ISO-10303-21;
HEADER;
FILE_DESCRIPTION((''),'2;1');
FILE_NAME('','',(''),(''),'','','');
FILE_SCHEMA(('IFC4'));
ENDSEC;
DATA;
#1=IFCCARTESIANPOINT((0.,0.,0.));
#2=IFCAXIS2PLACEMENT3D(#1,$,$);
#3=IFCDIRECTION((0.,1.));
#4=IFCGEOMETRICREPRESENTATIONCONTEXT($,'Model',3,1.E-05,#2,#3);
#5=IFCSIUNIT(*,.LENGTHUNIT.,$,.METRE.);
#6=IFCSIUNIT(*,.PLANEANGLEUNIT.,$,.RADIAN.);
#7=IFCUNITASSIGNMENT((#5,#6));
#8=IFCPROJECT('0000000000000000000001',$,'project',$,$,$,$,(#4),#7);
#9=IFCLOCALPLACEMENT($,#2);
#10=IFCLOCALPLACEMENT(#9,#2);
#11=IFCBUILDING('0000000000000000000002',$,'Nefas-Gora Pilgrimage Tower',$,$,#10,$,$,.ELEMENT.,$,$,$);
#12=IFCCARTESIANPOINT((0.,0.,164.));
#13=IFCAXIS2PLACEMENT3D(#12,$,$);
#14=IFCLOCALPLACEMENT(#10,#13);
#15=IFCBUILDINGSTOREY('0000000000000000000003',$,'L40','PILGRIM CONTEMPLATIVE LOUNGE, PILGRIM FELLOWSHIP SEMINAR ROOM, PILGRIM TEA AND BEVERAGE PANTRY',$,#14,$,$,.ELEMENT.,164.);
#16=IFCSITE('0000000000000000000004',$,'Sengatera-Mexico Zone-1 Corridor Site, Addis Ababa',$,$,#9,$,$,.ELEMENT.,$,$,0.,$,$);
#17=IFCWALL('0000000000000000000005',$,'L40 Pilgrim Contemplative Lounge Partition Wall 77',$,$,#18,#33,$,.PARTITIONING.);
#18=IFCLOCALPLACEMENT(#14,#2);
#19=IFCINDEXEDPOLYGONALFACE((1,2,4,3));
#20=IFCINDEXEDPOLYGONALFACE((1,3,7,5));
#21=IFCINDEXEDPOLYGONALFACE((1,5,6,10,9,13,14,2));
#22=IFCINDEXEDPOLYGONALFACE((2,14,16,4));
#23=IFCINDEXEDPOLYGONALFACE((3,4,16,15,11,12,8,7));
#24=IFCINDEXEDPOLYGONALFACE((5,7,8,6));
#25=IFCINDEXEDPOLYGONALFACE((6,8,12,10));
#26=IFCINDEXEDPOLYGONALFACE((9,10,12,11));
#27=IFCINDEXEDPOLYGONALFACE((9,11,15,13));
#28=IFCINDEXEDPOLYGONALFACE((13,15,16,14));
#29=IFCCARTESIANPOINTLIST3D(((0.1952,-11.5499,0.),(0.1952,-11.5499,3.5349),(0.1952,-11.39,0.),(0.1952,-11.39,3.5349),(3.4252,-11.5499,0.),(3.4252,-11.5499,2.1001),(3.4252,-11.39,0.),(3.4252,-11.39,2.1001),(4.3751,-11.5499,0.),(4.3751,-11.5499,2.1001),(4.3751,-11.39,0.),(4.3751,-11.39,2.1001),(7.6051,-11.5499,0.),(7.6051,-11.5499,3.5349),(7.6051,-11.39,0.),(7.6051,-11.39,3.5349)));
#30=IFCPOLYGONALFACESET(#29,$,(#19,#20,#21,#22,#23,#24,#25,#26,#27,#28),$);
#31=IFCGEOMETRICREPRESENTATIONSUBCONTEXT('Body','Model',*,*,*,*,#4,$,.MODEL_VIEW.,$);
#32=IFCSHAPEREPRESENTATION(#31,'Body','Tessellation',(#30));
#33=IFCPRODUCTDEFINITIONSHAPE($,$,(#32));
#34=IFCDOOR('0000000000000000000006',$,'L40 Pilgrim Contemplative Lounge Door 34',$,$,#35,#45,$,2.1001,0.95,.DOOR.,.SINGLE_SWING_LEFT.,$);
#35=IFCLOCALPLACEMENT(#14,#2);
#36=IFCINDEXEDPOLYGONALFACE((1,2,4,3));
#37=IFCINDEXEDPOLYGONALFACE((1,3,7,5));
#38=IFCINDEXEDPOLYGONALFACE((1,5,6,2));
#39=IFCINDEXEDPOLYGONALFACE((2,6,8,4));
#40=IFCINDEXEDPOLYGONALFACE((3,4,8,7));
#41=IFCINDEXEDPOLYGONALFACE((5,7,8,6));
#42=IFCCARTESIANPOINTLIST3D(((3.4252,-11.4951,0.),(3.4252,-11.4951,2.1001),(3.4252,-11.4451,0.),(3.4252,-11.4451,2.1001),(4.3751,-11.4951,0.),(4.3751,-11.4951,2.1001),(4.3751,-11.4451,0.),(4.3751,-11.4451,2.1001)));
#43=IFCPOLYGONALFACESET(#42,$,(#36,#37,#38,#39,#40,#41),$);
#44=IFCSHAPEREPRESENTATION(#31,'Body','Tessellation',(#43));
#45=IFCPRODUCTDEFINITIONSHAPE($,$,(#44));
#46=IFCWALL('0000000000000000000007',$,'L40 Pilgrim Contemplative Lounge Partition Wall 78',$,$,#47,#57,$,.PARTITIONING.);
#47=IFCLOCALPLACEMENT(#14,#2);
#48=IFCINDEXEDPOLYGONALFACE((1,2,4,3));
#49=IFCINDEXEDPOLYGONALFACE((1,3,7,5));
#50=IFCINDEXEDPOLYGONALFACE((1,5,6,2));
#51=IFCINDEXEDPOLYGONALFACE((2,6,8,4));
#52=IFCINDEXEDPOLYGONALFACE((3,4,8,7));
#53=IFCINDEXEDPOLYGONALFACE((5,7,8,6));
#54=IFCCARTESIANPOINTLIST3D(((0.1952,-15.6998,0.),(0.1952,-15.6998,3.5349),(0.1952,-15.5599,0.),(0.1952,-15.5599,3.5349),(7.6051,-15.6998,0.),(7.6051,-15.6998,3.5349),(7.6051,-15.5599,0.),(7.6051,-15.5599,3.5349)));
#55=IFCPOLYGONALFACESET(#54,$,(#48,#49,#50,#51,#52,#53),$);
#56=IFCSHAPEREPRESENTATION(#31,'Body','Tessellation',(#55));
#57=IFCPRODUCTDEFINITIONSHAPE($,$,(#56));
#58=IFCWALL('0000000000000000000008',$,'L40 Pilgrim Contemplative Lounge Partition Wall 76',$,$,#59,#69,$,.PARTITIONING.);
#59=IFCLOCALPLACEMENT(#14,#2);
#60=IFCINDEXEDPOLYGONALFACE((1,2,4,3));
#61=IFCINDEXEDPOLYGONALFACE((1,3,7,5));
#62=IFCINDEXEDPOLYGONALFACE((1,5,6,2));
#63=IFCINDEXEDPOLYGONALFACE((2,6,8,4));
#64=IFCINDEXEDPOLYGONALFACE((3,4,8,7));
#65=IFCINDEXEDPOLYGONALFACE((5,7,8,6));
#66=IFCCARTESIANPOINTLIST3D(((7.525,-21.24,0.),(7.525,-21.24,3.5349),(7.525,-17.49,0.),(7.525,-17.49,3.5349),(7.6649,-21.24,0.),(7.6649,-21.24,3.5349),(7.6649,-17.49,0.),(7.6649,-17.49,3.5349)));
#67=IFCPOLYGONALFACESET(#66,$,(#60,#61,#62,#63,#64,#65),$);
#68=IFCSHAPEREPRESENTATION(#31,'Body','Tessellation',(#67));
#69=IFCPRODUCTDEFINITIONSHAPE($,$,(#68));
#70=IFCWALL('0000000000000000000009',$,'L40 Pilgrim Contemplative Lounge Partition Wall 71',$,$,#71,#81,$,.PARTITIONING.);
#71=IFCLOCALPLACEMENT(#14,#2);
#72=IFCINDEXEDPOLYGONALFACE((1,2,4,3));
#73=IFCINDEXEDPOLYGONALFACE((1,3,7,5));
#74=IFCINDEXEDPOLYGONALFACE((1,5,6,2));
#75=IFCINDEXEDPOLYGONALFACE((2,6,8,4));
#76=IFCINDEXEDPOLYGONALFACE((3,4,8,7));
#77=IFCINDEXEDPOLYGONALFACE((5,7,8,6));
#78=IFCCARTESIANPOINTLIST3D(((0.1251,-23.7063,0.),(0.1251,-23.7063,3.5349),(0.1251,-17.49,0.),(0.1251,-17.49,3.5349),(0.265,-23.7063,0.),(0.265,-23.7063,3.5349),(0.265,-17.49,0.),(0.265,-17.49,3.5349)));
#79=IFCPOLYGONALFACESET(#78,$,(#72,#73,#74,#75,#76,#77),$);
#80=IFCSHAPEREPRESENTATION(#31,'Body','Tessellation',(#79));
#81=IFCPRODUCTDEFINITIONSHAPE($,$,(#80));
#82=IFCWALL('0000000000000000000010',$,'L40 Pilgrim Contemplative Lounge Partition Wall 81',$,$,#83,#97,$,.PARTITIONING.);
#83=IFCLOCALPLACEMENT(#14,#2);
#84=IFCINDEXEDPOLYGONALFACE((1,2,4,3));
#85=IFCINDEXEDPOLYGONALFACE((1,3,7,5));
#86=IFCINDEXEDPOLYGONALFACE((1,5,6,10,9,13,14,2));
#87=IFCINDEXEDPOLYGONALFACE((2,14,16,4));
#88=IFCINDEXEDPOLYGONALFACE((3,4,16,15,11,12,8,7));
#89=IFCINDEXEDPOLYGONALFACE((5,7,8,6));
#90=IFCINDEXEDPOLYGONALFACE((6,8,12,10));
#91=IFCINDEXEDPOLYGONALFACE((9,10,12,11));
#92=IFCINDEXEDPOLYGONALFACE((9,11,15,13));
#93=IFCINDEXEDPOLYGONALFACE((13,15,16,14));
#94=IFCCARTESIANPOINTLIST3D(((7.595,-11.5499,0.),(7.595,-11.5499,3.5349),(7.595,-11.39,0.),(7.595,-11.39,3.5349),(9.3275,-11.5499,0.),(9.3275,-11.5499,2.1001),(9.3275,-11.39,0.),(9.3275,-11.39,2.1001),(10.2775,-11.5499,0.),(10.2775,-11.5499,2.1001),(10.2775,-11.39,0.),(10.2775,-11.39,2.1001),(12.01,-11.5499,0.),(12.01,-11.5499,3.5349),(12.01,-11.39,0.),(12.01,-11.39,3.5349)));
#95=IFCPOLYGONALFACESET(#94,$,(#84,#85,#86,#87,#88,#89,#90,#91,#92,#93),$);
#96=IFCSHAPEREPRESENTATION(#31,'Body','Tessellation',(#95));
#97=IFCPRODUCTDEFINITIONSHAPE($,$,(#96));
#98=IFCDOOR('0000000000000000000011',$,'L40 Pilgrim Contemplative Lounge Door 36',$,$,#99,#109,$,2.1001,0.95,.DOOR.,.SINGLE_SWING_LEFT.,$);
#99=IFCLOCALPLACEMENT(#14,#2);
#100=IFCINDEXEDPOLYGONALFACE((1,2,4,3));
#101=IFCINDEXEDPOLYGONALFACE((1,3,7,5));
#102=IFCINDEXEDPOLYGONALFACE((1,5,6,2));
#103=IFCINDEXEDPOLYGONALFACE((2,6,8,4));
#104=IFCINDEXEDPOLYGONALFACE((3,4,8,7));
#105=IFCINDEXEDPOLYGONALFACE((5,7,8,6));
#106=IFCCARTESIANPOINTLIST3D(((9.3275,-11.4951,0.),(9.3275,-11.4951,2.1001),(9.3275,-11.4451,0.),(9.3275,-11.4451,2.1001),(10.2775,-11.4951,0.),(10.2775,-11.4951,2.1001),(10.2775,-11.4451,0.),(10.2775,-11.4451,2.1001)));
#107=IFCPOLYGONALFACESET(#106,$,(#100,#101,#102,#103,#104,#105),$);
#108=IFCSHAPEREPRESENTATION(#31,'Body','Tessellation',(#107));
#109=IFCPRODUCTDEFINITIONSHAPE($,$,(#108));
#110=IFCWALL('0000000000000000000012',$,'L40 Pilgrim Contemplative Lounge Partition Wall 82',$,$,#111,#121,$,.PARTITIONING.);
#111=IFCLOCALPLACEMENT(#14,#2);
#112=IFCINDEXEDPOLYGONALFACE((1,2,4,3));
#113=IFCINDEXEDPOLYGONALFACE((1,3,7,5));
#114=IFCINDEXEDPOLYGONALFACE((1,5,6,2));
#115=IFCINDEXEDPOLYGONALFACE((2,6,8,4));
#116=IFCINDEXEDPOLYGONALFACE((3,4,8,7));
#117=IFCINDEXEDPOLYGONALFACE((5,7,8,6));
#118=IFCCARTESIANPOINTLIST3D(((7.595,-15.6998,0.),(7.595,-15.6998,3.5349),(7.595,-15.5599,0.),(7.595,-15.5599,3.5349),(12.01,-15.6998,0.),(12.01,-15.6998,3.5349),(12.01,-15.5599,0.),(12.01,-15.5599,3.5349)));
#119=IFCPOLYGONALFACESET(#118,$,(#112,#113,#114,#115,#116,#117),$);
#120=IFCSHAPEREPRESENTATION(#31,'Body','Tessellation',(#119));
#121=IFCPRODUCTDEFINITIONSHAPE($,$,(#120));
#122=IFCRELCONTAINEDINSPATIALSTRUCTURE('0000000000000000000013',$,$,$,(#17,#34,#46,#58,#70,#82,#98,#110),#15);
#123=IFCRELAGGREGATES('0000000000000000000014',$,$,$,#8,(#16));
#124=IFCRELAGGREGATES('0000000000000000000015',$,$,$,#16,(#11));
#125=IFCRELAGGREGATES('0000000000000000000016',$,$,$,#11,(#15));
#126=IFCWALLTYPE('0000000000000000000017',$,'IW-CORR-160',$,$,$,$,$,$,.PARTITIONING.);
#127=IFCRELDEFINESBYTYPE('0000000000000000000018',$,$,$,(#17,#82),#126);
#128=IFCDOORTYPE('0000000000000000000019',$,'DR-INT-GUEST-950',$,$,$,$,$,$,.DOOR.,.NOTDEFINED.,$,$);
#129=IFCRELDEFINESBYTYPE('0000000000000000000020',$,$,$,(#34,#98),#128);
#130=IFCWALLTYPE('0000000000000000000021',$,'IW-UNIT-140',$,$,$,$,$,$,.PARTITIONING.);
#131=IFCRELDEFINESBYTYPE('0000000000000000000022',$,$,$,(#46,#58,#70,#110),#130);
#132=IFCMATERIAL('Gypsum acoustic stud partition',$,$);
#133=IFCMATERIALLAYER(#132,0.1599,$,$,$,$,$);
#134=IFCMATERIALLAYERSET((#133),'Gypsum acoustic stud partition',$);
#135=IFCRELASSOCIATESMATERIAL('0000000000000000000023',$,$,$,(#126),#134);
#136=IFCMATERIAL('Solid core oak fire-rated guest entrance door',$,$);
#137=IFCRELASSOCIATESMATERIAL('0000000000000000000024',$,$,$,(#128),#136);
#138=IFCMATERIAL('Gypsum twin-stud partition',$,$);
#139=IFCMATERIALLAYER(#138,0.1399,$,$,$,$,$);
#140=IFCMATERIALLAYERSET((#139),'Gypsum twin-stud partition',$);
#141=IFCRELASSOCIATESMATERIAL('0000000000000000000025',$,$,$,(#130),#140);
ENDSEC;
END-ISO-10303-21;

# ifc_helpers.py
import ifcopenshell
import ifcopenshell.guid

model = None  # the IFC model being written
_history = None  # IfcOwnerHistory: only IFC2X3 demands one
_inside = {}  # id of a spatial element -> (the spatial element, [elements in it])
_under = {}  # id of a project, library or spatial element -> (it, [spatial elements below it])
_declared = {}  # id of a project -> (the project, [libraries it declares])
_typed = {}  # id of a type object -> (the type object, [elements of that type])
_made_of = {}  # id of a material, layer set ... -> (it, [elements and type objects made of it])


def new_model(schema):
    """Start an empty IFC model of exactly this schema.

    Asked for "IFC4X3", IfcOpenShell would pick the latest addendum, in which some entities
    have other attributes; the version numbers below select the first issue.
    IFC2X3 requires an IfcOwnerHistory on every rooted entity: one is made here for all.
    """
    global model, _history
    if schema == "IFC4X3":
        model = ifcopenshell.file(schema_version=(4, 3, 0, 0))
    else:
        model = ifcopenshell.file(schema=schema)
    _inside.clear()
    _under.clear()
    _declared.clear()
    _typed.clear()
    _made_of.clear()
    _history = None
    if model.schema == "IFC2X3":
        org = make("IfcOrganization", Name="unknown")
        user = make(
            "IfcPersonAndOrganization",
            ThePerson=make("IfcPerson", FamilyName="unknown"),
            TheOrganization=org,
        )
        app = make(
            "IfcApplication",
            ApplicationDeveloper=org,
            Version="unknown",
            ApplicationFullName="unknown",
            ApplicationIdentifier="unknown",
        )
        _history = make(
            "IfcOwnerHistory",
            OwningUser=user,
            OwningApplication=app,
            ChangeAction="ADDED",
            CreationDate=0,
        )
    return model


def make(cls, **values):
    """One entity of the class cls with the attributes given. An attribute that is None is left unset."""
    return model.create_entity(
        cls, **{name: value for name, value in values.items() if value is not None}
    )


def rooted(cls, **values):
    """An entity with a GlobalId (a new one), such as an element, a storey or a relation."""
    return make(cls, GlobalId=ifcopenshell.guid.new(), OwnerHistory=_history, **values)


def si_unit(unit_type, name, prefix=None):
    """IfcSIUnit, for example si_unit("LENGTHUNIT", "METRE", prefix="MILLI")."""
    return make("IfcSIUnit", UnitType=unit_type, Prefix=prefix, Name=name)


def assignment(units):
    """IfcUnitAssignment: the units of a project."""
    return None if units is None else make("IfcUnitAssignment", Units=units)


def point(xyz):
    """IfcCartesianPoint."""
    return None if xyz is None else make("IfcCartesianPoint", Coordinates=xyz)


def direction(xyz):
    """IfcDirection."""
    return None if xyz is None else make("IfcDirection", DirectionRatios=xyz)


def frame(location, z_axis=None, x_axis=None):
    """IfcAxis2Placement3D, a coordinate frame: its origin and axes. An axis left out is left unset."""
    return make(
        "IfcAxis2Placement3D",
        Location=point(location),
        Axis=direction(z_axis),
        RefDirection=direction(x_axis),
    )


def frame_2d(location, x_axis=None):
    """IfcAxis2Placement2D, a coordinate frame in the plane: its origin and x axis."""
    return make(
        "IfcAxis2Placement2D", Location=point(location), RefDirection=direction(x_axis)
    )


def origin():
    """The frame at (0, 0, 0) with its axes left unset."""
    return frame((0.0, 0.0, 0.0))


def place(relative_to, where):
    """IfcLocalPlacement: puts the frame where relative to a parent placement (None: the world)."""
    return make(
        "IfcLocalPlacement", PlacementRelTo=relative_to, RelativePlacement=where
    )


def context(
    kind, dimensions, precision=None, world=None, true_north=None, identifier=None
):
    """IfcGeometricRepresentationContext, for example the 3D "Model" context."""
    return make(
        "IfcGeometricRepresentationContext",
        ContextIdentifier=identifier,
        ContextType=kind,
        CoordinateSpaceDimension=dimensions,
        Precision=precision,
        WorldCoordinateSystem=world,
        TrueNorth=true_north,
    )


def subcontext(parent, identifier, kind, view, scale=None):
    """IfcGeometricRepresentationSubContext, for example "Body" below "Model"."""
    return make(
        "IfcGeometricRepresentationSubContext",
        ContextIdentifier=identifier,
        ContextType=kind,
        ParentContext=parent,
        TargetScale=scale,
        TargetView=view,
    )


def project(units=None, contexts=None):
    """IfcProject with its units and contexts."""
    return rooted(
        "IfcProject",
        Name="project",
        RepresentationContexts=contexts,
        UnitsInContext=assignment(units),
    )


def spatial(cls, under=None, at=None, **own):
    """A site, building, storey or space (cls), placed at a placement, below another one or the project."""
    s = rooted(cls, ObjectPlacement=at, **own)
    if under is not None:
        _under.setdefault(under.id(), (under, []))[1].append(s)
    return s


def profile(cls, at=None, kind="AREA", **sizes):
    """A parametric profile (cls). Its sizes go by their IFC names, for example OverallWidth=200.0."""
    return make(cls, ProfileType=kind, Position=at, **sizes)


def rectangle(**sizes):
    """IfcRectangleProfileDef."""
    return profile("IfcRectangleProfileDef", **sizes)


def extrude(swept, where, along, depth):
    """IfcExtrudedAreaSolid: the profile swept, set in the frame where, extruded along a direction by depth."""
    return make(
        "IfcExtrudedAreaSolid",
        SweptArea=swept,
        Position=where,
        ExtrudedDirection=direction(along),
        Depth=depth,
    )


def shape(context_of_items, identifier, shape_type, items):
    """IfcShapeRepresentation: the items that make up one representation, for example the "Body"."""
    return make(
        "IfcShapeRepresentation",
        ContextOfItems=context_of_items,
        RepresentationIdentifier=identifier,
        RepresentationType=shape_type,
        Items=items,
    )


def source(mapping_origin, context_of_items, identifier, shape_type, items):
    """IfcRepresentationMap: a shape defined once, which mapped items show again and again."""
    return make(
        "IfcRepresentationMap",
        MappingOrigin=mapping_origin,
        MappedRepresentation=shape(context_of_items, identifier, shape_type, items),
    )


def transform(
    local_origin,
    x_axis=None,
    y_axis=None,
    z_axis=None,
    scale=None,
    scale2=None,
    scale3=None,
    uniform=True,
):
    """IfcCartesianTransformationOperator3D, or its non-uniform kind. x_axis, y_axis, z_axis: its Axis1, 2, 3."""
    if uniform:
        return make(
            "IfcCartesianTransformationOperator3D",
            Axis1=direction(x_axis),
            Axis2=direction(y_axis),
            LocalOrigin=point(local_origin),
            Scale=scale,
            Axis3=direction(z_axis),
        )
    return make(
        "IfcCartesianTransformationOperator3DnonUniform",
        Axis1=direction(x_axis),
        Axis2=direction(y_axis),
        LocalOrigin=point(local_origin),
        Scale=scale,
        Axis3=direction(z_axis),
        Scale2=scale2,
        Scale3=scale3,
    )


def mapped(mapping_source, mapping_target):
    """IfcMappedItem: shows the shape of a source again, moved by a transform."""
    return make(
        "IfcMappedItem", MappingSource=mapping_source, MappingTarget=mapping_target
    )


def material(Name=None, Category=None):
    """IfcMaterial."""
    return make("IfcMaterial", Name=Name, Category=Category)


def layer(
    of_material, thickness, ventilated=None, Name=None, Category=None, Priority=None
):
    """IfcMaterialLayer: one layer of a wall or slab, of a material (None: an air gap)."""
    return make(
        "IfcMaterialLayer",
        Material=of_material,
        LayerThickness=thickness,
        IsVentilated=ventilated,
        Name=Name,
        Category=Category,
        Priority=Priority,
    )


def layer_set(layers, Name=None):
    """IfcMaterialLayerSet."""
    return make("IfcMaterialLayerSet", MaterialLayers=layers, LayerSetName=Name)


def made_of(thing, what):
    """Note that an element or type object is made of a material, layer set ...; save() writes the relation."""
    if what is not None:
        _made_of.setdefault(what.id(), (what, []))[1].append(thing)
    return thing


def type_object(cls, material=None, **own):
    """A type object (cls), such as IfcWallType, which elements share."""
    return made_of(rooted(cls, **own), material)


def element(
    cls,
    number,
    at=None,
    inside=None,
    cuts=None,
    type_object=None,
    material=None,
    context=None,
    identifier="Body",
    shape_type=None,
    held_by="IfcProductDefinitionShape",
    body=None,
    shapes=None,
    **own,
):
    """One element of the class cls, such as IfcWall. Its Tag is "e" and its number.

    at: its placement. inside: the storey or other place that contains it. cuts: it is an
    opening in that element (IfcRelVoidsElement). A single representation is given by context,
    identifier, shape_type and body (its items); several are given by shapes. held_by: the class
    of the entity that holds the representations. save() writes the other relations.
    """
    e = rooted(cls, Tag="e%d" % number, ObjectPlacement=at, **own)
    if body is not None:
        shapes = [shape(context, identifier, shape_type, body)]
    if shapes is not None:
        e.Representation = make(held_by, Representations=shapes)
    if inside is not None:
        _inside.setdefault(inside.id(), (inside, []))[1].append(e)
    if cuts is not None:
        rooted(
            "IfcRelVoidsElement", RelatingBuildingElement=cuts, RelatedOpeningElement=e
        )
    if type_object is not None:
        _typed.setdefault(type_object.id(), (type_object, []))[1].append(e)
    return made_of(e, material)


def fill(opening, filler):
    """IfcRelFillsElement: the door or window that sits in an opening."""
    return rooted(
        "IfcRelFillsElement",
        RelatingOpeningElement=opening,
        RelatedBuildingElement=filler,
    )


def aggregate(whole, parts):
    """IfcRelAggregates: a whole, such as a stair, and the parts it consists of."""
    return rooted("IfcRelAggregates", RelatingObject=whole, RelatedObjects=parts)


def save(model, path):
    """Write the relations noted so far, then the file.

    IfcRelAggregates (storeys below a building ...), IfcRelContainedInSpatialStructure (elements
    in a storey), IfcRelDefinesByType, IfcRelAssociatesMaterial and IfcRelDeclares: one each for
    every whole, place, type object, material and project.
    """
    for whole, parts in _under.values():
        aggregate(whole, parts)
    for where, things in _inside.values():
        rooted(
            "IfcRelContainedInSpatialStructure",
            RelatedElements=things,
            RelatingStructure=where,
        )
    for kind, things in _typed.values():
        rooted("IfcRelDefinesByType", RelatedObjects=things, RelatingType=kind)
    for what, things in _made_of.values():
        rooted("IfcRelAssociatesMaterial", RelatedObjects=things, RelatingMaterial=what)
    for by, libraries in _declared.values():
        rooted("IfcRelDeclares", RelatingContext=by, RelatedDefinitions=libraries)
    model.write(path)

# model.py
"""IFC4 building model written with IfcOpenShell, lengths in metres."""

from ifc_helpers import new_model, si_unit, direction, frame, frame_2d, origin, place, context, subcontext, project, spatial, rectangle, extrude, source, transform, mapped, material, layer, layer_set, type_object, element, fill, save


model = new_model("IFC4")

# Units and contexts
model_context = context("Model", 3, precision=1e-05, world=origin(), true_north=direction((0.0, 1.0)))
body_context = subcontext(model_context, "Body", "Model", "MODEL_VIEW")
ifc_project = project(units=[si_unit("LENGTHUNIT", "METRE"), si_unit("PLANEANGLEUNIT", "RADIAN")], contexts=[model_context])

# Site, building, storey
site_placement = place(None, origin())
site = spatial("IfcSite", under=ifc_project, at=site_placement, Name="Sengatera-Mexico Zone-1 Corridor Site, Addis Ababa", CompositionType="ELEMENT", RefElevation=0.0)
building_placement = place(site_placement, origin())
building = spatial("IfcBuilding", under=site, at=building_placement, Name="Nefas-Gora Pilgrimage Tower", CompositionType="ELEMENT")
storey_placement = place(building_placement, frame((0.0, 0.0, 164.0)))
storey = spatial("IfcBuildingStorey", under=building, at=storey_placement, Name="L40", Description="PILGRIM CONTEMPLATIVE LOUNGE, PILGRIM FELLOWSHIP SEMINAR ROOM, PILGRIM TEA AND BEVERAGE PANTRY", CompositionType="ELEMENT", Elevation=164.0)

# Shared definitions
ifc_material_1 = material(Name="Gypsum acoustic stud partition")
ifc_layer_1 = layer(ifc_material_1, 0.1599)
ifc_layer_set_1 = layer_set([ifc_layer_1], Name="Gypsum acoustic stud partition")
wall_type_1 = type_object("IfcWallType", Name="IW-CORR-160", PredefinedType="PARTITIONING", material=ifc_layer_set_1)
ifc_material_2 = material(Name="Solid core oak fire-rated guest entrance door")
door_type = type_object("IfcDoorType", Name="DR-INT-GUEST-950", OperationType="NOTDEFINED", PredefinedType="DOOR", material=ifc_material_2)
shared_shape_1 = source(origin(), body_context, "Body", "SweptSolid", [
    extrude(rectangle(XDim=0.95, YDim=2.1001, at=frame_2d((0.4751, 1.05))), frame((0.0, 0.0249, 0.0), z_axis=(0.0, -1.0, 0.0), x_axis=(1.0, 0.0, 0.0)), (0.0, 0.0, 1.0), 0.05),
])

# Shared definitions
ifc_material_3 = material(Name="Gypsum twin-stud partition")
ifc_layer_2 = layer(ifc_material_3, 0.1399)
ifc_layer_set_2 = layer_set([ifc_layer_2], Name="Gypsum twin-stud partition")
wall_type_2 = type_object("IfcWallType", Name="IW-UNIT-140", PredefinedType="PARTITIONING", material=ifc_layer_set_2)

# Wall, opening, door
shared_shape_2 = source(origin(), body_context, "Body", "SweptSolid", [
    extrude(rectangle(XDim=7.4099, YDim=0.1599, at=frame_2d((3.7051, 0.0))), origin(), (0.0, 0.0, 1.0), 3.5349),
])
wall_1_placement = place(storey_placement, frame((0.1951, -11.47, 0.0), z_axis=(0.0, 0.0, 1.0), x_axis=(1.0, 0.0, 0.0)))
wall_1 = element("IfcWall", 1, at=wall_1_placement, inside=storey, type_object=wall_type_1, Name="L40 Pilgrim Contemplative Lounge Partition Wall 77", PredefinedType="PARTITIONING", context=body_context, shape_type="MappedRepresentation", body=[
    mapped(shared_shape_2, transform((0.0, 0.0, 0.0), x_axis=(1.0, 0.0, 0.0), y_axis=(0.0, 1.0, 0.0), z_axis=(0.0, 0.0, 1.0), scale=1.0)),
])
opening_1_placement = place(wall_1_placement, frame((3.23, 0.0, 0.0)))
opening_1 = element("IfcOpeningElement", 2, at=opening_1_placement, cuts=wall_1, PredefinedType="OPENING", context=body_context, shape_type="SweptSolid", body=[
    extrude(rectangle(XDim=0.95, YDim=2.1001, at=frame_2d((0.4751, 1.05))), frame((0.0, 0.0898, 0.0), z_axis=(0.0, -1.0, 0.0), x_axis=(1.0, 0.0, 0.0)), (0.0, 0.0, 1.0), 0.1799),
])
door_1_placement = place(opening_1_placement, origin())
door_1 = element("IfcDoor", 3, at=door_1_placement, inside=storey, type_object=door_type, Name="L40 Pilgrim Contemplative Lounge Door 34", OperationType="SINGLE_SWING_LEFT", OverallHeight=2.1001, OverallWidth=0.95, PredefinedType="DOOR", context=body_context, shape_type="MappedRepresentation", body=[
    mapped(shared_shape_1, transform((0.0, 0.0, 0.0), x_axis=(1.0, 0.0, 0.0), y_axis=(0.0, 1.0, 0.0), z_axis=(0.0, 0.0, 1.0), scale=1.0)),
])
fill(opening_1, door_1)

# Walls
shared_shape_3 = source(origin(), body_context, "Body", "SweptSolid", [
    extrude(rectangle(XDim=7.4099, YDim=0.1399, at=frame_2d((3.7051, 0.0))), origin(), (0.0, 0.0, 1.0), 3.5349),
])
wall_2_placement = place(storey_placement, frame((0.1951, -15.6299, 0.0), z_axis=(0.0, 0.0, 1.0), x_axis=(1.0, 0.0, 0.0)))
element("IfcWall", 4, at=wall_2_placement, inside=storey, type_object=wall_type_2, Name="L40 Pilgrim Contemplative Lounge Partition Wall 78", PredefinedType="PARTITIONING", context=body_context, shape_type="MappedRepresentation", body=[
    mapped(shared_shape_3, transform((0.0, 0.0, 0.0), x_axis=(1.0, 0.0, 0.0), y_axis=(0.0, 1.0, 0.0), z_axis=(0.0, 0.0, 1.0), scale=1.0)),
])
shared_shape_4 = source(origin(), body_context, "Body", "SweptSolid", [
    extrude(rectangle(XDim=3.75, YDim=0.1399, at=frame_2d((1.875, 0.0))), origin(), (0.0, 0.0, 1.0), 3.5349),
])
wall_3_placement = place(storey_placement, frame((7.595, -21.24, 0.0), z_axis=(0.0, 0.0, 1.0), x_axis=(0.0, 1.0, 0.0)))
element("IfcWall", 5, at=wall_3_placement, inside=storey, type_object=wall_type_2, Name="L40 Pilgrim Contemplative Lounge Partition Wall 76", PredefinedType="PARTITIONING", context=body_context, shape_type="MappedRepresentation", body=[
    mapped(shared_shape_4, transform((0.0, 0.0, 0.0), x_axis=(1.0, 0.0, 0.0), y_axis=(0.0, 1.0, 0.0), z_axis=(0.0, 0.0, 1.0), scale=1.0)),
])
shared_shape_5 = source(origin(), body_context, "Body", "SweptSolid", [
    extrude(rectangle(XDim=6.2163, YDim=0.1399, at=frame_2d((3.1082, 0.0))), origin(), (0.0, 0.0, 1.0), 3.5349),
])
wall_4_placement = place(storey_placement, frame((0.1951, -23.7063, 0.0), z_axis=(0.0, 0.0, 1.0), x_axis=(0.0, 1.0, 0.0)))
element("IfcWall", 6, at=wall_4_placement, inside=storey, type_object=wall_type_2, Name="L40 Pilgrim Contemplative Lounge Partition Wall 71", PredefinedType="PARTITIONING", context=body_context, shape_type="MappedRepresentation", body=[
    mapped(shared_shape_5, transform((0.0, 0.0, 0.0), x_axis=(1.0, 0.0, 0.0), y_axis=(0.0, 1.0, 0.0), z_axis=(0.0, 0.0, 1.0), scale=1.0)),
])

# Wall, opening, door
shared_shape_6 = source(origin(), body_context, "Body", "SweptSolid", [
    extrude(rectangle(XDim=4.415, YDim=0.1599, at=frame_2d((2.2075, 0.0))), origin(), (0.0, 0.0, 1.0), 3.5349),
])
wall_5_placement = place(storey_placement, frame((7.595, -11.47, 0.0), z_axis=(0.0, 0.0, 1.0), x_axis=(1.0, 0.0, 0.0)))
wall_5 = element("IfcWall", 7, at=wall_5_placement, inside=storey, type_object=wall_type_1, Name="L40 Pilgrim Contemplative Lounge Partition Wall 81", PredefinedType="PARTITIONING", context=body_context, shape_type="MappedRepresentation", body=[
    mapped(shared_shape_6, transform((0.0, 0.0, 0.0), x_axis=(1.0, 0.0, 0.0), y_axis=(0.0, 1.0, 0.0), z_axis=(0.0, 0.0, 1.0), scale=1.0)),
])
opening_2_placement = place(wall_5_placement, frame((1.7324, 0.0, 0.0)))
opening_2 = element("IfcOpeningElement", 8, at=opening_2_placement, cuts=wall_5, PredefinedType="OPENING", context=body_context, shape_type="SweptSolid", body=[
    extrude(rectangle(XDim=0.95, YDim=2.1001, at=frame_2d((0.4751, 1.05))), frame((0.0, 0.0898, 0.0), z_axis=(0.0, -1.0, 0.0), x_axis=(1.0, 0.0, 0.0)), (0.0, 0.0, 1.0), 0.1799),
])
door_2_placement = place(opening_2_placement, origin())
door_2 = element("IfcDoor", 9, at=door_2_placement, inside=storey, type_object=door_type, Name="L40 Pilgrim Contemplative Lounge Door 36", OperationType="SINGLE_SWING_LEFT", OverallHeight=2.1001, OverallWidth=0.95, PredefinedType="DOOR", context=body_context, shape_type="MappedRepresentation", body=[
    mapped(shared_shape_1, transform((0.0, 0.0, 0.0), x_axis=(1.0, 0.0, 0.0), y_axis=(0.0, 1.0, 0.0), z_axis=(0.0, 0.0, 1.0), scale=1.0)),
])
fill(opening_2, door_2)

# Wall
shared_shape_7 = source(origin(), body_context, "Body", "SweptSolid", [
    extrude(rectangle(XDim=4.415, YDim=0.1399, at=frame_2d((2.2075, 0.0))), origin(), (0.0, 0.0, 1.0), 3.5349),
])
wall_6_placement = place(storey_placement, frame((7.595, -15.6299, 0.0), z_axis=(0.0, 0.0, 1.0), x_axis=(1.0, 0.0, 0.0)))
element("IfcWall", 10, at=wall_6_placement, inside=storey, type_object=wall_type_2, Name="L40 Pilgrim Contemplative Lounge Partition Wall 82", PredefinedType="PARTITIONING", context=body_context, shape_type="MappedRepresentation", body=[
    mapped(shared_shape_7, transform((0.0, 0.0, 0.0), x_axis=(1.0, 0.0, 0.0), y_axis=(0.0, 1.0, 0.0), z_axis=(0.0, 0.0, 1.0), scale=1.0)),
])

save(model, "model.ifc")
